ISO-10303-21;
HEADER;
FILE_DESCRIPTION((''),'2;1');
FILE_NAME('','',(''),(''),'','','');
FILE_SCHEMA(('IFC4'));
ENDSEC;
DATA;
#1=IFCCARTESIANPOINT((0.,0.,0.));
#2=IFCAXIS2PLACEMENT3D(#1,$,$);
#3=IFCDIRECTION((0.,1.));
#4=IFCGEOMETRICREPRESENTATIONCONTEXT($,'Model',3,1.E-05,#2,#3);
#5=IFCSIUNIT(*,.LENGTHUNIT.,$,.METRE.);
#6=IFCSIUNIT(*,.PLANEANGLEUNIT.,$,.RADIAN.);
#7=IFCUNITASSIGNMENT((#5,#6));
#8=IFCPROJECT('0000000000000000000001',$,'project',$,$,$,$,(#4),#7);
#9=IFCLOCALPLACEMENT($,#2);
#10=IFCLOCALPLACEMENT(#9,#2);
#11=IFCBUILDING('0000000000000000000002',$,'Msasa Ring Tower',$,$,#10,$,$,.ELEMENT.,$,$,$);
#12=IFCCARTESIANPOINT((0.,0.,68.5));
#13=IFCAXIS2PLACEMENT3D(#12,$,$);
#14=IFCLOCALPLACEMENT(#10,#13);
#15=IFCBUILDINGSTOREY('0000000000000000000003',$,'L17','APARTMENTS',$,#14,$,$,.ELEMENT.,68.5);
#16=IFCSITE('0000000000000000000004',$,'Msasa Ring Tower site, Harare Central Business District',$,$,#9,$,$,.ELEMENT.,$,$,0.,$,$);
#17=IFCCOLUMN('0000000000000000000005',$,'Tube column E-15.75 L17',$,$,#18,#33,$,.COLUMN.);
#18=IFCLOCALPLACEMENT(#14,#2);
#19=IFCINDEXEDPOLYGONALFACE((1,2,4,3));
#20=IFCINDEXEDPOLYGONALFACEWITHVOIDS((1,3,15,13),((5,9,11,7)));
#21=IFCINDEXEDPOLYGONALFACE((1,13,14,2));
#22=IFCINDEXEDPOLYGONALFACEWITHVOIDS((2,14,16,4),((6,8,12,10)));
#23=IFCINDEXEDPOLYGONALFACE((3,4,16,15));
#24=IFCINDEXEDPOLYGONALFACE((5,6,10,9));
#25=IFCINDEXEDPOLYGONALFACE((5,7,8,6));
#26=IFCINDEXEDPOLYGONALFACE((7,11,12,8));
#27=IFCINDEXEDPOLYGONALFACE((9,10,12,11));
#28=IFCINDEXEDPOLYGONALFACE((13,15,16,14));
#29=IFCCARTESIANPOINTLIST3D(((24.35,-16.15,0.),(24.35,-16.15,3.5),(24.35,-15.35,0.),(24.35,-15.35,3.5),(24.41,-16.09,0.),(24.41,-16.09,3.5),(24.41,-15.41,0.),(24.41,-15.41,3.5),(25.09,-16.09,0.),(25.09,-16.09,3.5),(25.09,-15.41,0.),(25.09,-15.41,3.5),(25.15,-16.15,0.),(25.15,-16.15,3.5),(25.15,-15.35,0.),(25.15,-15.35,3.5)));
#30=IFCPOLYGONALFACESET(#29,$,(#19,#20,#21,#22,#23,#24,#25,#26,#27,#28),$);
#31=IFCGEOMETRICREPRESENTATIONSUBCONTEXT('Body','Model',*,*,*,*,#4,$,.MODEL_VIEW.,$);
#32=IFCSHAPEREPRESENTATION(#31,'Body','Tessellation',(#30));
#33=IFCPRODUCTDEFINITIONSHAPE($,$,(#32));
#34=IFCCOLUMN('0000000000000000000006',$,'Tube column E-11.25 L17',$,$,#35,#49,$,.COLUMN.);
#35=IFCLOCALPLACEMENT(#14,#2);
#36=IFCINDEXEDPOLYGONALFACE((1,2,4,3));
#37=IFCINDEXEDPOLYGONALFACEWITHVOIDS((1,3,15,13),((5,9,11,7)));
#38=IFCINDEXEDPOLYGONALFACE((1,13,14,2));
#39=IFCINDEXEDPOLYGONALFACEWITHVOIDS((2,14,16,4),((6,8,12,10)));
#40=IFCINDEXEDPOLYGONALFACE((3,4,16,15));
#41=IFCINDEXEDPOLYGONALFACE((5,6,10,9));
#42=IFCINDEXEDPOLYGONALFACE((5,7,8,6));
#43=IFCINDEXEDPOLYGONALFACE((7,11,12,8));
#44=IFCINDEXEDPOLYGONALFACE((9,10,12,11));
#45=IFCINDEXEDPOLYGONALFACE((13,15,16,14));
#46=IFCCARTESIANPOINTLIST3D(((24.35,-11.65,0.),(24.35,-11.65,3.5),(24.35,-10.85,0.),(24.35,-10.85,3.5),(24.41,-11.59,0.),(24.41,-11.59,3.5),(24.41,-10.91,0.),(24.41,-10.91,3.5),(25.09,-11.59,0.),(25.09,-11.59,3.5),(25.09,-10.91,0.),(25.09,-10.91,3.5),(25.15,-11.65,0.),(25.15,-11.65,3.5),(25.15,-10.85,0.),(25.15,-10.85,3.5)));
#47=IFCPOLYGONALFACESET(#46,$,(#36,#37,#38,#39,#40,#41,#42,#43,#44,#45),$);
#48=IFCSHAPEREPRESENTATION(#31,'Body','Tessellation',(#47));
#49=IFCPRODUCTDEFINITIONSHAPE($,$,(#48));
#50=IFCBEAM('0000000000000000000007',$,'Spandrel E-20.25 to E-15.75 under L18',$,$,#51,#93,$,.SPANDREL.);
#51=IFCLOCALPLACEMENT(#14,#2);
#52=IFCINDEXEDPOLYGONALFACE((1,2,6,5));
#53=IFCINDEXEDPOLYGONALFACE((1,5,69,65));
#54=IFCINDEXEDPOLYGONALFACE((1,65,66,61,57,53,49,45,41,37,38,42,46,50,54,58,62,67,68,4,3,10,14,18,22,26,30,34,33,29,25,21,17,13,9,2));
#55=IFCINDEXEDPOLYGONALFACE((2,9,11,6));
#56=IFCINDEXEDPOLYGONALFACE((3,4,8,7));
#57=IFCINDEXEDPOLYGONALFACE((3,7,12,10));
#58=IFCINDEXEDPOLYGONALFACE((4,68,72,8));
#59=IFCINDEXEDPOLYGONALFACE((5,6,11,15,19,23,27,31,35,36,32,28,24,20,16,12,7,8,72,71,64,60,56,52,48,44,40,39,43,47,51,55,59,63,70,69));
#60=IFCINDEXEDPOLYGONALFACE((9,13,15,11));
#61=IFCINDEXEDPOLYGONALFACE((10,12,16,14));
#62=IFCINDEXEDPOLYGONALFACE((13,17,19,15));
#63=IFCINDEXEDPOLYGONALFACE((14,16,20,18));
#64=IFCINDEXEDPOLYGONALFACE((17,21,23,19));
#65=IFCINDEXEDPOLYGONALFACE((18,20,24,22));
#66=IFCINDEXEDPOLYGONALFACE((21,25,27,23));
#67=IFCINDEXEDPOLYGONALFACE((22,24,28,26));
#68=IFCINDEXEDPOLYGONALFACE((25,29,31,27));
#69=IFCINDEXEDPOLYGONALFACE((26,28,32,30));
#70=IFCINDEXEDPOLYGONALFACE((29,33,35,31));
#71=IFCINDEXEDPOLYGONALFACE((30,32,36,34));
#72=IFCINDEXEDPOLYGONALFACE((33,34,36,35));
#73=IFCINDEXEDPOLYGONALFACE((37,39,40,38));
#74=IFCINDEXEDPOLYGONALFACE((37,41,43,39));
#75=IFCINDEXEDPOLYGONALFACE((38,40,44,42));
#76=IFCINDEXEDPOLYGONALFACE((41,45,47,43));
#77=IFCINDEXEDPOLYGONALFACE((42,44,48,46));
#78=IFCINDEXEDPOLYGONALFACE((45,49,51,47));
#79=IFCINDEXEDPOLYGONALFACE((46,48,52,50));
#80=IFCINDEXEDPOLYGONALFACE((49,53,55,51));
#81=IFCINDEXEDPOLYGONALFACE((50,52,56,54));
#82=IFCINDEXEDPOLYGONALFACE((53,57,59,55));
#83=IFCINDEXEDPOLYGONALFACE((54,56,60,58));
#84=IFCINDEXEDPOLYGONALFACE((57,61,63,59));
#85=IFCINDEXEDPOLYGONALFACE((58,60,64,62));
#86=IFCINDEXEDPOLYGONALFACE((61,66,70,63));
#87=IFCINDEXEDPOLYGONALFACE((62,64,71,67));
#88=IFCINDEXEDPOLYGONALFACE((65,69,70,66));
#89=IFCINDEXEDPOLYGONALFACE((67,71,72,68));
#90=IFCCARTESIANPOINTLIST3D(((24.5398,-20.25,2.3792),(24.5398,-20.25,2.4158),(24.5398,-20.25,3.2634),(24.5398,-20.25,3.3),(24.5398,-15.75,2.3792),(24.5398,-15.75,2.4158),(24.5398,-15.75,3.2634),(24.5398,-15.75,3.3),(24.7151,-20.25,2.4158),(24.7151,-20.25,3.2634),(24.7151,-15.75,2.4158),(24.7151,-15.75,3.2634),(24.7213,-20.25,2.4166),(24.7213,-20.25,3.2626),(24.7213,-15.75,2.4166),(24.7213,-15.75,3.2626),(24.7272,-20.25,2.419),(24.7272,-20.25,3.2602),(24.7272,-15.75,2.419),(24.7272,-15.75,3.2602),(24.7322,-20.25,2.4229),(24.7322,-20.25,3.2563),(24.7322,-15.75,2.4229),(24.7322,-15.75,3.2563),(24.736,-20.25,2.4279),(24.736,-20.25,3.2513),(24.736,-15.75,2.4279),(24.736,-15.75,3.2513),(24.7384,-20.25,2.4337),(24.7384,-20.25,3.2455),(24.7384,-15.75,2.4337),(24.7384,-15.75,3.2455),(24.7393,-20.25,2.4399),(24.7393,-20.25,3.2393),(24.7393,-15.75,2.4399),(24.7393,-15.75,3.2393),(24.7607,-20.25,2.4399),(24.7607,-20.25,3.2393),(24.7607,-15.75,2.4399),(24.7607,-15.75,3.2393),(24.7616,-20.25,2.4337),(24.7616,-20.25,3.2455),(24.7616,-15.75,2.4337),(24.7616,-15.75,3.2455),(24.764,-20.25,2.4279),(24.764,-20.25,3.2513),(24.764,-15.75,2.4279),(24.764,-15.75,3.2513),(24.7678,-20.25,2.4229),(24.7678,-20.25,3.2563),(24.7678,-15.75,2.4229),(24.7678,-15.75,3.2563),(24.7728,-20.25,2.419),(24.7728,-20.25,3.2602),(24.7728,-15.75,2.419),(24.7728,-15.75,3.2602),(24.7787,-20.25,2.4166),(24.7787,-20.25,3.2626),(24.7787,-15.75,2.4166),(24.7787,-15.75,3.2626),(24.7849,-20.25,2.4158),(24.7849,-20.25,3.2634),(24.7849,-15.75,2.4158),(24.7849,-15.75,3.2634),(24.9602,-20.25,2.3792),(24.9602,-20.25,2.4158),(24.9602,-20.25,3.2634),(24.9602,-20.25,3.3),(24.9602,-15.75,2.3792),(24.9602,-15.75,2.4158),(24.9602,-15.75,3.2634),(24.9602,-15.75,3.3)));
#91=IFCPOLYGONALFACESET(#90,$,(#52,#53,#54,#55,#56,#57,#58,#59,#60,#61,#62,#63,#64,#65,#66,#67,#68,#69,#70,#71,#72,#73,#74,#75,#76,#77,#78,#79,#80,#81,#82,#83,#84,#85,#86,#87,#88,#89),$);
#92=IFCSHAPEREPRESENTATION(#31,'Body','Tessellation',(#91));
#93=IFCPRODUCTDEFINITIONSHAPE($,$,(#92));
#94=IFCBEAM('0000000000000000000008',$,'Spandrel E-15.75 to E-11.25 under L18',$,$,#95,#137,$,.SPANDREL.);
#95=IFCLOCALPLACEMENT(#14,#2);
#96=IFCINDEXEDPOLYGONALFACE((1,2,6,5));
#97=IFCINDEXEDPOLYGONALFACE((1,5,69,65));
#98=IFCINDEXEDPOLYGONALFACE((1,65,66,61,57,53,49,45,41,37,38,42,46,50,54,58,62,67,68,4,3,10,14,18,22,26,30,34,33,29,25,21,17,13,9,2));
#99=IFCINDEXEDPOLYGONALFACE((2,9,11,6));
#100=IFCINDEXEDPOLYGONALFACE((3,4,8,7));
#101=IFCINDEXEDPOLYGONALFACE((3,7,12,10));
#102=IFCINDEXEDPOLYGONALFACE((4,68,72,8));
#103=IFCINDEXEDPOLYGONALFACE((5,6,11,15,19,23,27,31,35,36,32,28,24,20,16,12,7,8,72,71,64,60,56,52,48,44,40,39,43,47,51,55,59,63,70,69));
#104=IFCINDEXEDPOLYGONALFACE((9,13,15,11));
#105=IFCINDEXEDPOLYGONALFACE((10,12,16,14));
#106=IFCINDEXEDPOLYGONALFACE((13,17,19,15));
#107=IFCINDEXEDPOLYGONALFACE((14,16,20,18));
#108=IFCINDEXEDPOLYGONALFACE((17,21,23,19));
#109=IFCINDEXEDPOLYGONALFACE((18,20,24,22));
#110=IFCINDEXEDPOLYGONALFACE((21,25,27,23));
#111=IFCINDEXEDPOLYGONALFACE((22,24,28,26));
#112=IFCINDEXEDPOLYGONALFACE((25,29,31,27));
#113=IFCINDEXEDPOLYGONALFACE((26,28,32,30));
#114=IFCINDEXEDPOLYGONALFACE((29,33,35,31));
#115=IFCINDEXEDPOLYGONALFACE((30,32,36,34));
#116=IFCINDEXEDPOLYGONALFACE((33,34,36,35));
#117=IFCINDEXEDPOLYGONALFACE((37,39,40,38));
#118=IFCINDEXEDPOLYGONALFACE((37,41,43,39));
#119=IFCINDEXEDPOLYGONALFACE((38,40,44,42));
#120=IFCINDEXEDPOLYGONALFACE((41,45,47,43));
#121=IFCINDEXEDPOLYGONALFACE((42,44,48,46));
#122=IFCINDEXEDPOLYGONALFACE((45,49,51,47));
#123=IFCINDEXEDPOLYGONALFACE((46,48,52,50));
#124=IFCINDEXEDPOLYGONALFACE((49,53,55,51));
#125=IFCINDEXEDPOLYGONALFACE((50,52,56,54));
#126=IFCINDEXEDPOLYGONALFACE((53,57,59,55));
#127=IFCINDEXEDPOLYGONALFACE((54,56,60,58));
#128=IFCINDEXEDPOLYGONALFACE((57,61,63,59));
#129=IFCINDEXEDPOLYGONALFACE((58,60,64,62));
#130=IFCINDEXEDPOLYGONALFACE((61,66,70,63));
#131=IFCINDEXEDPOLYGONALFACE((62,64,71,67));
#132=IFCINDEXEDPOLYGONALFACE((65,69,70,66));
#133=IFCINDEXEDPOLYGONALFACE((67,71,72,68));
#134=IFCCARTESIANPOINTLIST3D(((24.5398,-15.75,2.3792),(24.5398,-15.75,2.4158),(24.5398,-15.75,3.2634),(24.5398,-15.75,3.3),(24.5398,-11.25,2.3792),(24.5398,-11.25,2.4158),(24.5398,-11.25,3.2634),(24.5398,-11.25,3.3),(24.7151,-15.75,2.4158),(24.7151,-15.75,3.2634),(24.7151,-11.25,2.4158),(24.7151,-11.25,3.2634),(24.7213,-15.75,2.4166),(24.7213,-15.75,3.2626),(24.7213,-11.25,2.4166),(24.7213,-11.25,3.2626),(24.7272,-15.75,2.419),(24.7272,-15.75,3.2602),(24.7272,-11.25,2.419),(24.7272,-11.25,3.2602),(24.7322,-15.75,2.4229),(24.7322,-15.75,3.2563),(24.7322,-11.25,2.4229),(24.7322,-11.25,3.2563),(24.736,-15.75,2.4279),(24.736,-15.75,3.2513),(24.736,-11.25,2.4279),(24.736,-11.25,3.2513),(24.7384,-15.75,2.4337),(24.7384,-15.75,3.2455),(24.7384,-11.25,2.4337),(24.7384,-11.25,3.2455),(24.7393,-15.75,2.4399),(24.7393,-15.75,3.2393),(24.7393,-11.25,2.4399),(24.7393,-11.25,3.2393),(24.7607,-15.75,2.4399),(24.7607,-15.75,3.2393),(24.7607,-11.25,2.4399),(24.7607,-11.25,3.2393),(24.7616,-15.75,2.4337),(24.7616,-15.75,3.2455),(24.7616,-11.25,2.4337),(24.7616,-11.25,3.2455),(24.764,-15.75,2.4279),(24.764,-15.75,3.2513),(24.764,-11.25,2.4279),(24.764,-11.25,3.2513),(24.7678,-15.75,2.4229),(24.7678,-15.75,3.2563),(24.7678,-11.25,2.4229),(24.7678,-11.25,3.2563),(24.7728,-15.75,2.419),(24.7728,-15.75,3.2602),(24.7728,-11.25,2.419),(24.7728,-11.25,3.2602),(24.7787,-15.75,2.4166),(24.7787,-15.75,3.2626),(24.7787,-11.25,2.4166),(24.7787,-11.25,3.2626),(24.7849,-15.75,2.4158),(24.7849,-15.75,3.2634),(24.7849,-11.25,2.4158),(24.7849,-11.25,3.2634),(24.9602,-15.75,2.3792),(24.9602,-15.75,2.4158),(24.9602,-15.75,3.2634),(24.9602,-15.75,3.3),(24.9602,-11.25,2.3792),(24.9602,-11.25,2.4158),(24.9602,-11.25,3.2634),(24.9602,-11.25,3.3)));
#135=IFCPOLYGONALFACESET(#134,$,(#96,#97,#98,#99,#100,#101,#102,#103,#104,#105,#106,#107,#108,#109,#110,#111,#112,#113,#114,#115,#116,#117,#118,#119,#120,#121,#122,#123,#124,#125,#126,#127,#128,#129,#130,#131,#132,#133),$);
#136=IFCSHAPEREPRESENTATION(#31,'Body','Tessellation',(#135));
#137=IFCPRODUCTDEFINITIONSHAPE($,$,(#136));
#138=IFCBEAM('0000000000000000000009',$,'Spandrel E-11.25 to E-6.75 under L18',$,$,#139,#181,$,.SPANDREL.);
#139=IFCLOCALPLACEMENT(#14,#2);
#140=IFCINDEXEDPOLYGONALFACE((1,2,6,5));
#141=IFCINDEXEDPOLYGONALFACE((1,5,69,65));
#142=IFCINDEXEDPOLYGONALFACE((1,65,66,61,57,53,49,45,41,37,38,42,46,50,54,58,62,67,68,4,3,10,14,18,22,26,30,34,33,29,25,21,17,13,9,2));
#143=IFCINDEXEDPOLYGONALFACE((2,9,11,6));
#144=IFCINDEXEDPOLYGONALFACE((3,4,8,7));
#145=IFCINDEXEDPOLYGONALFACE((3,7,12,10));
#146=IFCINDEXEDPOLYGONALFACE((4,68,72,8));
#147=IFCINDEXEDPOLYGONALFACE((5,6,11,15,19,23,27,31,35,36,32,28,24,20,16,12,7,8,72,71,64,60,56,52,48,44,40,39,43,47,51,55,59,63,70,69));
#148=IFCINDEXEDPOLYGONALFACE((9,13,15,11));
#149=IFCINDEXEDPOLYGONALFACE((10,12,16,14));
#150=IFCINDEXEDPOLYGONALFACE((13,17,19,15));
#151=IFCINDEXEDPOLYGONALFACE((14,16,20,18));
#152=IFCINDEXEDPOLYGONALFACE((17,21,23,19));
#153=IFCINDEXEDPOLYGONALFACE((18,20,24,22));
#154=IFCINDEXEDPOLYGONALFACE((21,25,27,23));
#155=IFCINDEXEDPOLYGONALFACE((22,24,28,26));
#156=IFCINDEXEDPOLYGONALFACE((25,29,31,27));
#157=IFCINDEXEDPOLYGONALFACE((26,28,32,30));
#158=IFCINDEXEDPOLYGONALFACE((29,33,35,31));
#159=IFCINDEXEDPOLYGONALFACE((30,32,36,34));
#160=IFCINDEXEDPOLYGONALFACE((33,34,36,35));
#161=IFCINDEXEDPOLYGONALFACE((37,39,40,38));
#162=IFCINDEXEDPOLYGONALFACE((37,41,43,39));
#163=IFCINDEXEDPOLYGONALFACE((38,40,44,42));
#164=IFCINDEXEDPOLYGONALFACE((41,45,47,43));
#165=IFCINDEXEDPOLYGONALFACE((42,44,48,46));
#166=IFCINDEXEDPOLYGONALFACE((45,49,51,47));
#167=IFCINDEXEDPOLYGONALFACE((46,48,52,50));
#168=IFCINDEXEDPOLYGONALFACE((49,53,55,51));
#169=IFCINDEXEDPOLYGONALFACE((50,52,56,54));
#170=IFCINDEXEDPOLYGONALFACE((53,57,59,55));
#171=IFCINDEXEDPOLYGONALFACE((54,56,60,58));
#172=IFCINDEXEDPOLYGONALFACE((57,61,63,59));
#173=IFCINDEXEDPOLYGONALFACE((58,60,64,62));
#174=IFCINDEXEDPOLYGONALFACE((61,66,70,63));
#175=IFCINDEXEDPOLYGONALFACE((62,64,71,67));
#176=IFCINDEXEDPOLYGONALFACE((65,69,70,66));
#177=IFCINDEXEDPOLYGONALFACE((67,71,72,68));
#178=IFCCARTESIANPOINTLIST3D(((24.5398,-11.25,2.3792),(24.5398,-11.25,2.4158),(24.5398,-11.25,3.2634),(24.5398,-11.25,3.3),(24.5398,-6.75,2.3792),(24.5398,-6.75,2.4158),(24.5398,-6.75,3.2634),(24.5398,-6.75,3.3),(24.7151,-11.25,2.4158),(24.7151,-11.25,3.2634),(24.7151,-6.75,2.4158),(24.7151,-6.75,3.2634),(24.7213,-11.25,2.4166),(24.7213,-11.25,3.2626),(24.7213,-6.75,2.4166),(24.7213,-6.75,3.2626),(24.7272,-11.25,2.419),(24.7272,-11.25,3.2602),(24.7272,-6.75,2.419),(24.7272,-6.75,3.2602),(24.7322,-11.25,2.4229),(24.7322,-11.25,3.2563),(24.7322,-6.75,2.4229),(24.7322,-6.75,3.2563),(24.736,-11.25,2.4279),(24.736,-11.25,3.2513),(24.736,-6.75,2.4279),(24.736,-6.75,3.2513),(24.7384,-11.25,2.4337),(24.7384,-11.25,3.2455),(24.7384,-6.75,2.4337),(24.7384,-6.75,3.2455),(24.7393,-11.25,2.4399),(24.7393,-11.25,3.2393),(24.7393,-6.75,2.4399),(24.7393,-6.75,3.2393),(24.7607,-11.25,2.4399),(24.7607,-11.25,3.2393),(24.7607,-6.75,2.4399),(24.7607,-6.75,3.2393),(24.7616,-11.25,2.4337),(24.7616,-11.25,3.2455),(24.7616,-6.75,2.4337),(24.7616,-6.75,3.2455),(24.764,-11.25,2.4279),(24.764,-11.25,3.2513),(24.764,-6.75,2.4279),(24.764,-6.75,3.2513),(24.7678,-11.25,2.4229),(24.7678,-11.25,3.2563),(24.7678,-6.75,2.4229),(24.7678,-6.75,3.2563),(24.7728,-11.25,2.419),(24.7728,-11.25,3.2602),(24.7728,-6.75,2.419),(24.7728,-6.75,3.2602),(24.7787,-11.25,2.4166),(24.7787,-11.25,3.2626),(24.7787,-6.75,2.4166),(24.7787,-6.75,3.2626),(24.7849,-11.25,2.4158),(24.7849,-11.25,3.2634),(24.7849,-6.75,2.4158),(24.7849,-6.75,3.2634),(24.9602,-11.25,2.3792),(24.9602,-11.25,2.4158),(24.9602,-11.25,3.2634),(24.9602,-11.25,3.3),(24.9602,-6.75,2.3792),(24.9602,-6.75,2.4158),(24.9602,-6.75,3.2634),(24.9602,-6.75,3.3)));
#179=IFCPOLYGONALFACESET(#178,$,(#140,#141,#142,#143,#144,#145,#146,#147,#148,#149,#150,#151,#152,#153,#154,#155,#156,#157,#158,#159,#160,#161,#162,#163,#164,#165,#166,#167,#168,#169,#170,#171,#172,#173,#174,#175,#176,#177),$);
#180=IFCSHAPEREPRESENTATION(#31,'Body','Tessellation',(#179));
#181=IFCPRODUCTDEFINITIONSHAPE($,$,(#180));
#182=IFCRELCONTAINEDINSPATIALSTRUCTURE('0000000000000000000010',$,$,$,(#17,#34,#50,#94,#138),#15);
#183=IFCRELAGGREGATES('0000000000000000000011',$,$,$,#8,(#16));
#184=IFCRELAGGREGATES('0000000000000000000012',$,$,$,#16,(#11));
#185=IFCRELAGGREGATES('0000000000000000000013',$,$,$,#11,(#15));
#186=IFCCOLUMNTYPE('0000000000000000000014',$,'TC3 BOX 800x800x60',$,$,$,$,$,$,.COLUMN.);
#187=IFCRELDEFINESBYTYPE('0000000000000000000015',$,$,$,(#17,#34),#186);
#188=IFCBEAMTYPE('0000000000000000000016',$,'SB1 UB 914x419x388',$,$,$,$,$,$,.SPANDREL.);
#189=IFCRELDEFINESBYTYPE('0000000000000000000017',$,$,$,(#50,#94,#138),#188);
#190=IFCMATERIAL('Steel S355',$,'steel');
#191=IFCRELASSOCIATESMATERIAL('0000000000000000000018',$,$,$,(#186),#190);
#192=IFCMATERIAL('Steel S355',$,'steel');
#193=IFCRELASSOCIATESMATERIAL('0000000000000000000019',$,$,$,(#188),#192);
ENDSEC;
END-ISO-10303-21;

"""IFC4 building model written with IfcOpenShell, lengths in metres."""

from ifc_helpers import new_model, si_unit, direction, frame, origin, origin_2d, place, context, subcontext, project, spatial, hollow_rectangle, i_section, extrude, material, material_profile, profile_set, type_object, element, save


model = new_model("IFC4")

# Units and contexts
model_context = context("Model", 3, precision=1e-05, world=origin(), true_north=direction((0.0, 1.0)))
body_context = subcontext(model_context, "Body", "Model", "MODEL_VIEW")
ifc_project = project(units=[si_unit("LENGTHUNIT", "METRE"), si_unit("PLANEANGLEUNIT", "RADIAN")], contexts=[model_context])

# Site, building, storey
site_placement = place(None, origin())
site = spatial("IfcSite", under=ifc_project, at=site_placement, Name="Msasa Ring Tower site, Harare Central Business District", CompositionType="ELEMENT", RefElevation=0.0)
building_placement = place(site_placement, origin())
building = spatial("IfcBuilding", under=site, at=building_placement, Name="Msasa Ring Tower", CompositionType="ELEMENT")
storey_placement = place(building_placement, frame((0.0, 0.0, 68.5)))
storey = spatial("IfcBuildingStorey", under=building, at=storey_placement, Name="L17", Description="APARTMENTS", CompositionType="ELEMENT", Elevation=68.5)

# Columns
ifc_material_1 = material(Name="Steel S355", Category="steel")
ifc_material_profile_1 = material_profile(ifc_material_1, hollow_rectangle(XDim=0.8, YDim=0.8, WallThickness=0.0601, at=origin_2d()), Name="BOX 800x800x60")
ifc_profile_set_1 = profile_set([ifc_material_profile_1], Name="Steel S355")
column_type = type_object("IfcColumnType", Name="TC3 BOX 800x800x60", PredefinedType="COLUMN", material=ifc_profile_set_1)
for number, where, z_axis, x_axis, name in (
    (1, (24.75, -15.75, 0.0), (0.0, 0.0, 1.0), (1.0, 0.0, 0.0), "Tube column E-15.75 L17"),
    (2, (24.75, -11.25, 0.0), (0.0, 0.0, 1.0), (1.0, 0.0, 0.0), "Tube column E-11.25 L17"),
):
    element("IfcColumn", number, at=place(storey_placement, frame(where, z_axis=z_axis, x_axis=x_axis)), inside=storey, type_object=column_type, Name=name, PredefinedType="COLUMN", context=body_context, shape_type="SweptSolid", body=[
        extrude(hollow_rectangle(XDim=0.8, YDim=0.8, WallThickness=0.0601, at=origin_2d()), origin(), (0.0, 0.0, 1.0), 3.5),
    ])

# Beams
ifc_material_2 = material(Name="Steel S355", Category="steel")
ifc_material_profile_2 = material_profile(ifc_material_2, i_section(OverallWidth=0.4204, OverallDepth=0.9209, WebThickness=0.0215, FlangeThickness=0.0366, FilletRadius=0.0242, at=origin_2d()), Name="UB 914x419x388")
ifc_profile_set_2 = profile_set([ifc_material_profile_2], Name="Steel S355")
beam_type = type_object("IfcBeamType", Name="SB1 UB 914x419x388", PredefinedType="SPANDREL", material=ifc_profile_set_2)
for number, where, z_axis, x_axis, name in (
    (3, (24.75, -20.25, 2.8396), (0.0, 1.0, 0.0), (-1.0, 0.0, 0.0), "Spandrel E-20.25 to E-15.75 under L18"),
    (4, (24.75, -15.75, 2.8396), (0.0, 1.0, 0.0), (-1.0, 0.0, 0.0), "Spandrel E-15.75 to E-11.25 under L18"),
    (5, (24.75, -11.25, 2.8396), (0.0, 1.0, 0.0), (-1.0, 0.0, 0.0), "Spandrel E-11.25 to E-6.75 under L18"),
):
    element("IfcBeam", number, at=place(storey_placement, frame(where, z_axis=z_axis, x_axis=x_axis)), inside=storey, type_object=beam_type, Name=name, PredefinedType="SPANDREL", context=body_context, shape_type="SweptSolid", body=[
        extrude(i_section(OverallWidth=0.4204, OverallDepth=0.9209, WebThickness=0.0215, FlangeThickness=0.0366, FilletRadius=0.0242, at=origin_2d()), origin(), (0.0, 0.0, 1.0), 4.5),
    ])

save(model, "model.ifc")
